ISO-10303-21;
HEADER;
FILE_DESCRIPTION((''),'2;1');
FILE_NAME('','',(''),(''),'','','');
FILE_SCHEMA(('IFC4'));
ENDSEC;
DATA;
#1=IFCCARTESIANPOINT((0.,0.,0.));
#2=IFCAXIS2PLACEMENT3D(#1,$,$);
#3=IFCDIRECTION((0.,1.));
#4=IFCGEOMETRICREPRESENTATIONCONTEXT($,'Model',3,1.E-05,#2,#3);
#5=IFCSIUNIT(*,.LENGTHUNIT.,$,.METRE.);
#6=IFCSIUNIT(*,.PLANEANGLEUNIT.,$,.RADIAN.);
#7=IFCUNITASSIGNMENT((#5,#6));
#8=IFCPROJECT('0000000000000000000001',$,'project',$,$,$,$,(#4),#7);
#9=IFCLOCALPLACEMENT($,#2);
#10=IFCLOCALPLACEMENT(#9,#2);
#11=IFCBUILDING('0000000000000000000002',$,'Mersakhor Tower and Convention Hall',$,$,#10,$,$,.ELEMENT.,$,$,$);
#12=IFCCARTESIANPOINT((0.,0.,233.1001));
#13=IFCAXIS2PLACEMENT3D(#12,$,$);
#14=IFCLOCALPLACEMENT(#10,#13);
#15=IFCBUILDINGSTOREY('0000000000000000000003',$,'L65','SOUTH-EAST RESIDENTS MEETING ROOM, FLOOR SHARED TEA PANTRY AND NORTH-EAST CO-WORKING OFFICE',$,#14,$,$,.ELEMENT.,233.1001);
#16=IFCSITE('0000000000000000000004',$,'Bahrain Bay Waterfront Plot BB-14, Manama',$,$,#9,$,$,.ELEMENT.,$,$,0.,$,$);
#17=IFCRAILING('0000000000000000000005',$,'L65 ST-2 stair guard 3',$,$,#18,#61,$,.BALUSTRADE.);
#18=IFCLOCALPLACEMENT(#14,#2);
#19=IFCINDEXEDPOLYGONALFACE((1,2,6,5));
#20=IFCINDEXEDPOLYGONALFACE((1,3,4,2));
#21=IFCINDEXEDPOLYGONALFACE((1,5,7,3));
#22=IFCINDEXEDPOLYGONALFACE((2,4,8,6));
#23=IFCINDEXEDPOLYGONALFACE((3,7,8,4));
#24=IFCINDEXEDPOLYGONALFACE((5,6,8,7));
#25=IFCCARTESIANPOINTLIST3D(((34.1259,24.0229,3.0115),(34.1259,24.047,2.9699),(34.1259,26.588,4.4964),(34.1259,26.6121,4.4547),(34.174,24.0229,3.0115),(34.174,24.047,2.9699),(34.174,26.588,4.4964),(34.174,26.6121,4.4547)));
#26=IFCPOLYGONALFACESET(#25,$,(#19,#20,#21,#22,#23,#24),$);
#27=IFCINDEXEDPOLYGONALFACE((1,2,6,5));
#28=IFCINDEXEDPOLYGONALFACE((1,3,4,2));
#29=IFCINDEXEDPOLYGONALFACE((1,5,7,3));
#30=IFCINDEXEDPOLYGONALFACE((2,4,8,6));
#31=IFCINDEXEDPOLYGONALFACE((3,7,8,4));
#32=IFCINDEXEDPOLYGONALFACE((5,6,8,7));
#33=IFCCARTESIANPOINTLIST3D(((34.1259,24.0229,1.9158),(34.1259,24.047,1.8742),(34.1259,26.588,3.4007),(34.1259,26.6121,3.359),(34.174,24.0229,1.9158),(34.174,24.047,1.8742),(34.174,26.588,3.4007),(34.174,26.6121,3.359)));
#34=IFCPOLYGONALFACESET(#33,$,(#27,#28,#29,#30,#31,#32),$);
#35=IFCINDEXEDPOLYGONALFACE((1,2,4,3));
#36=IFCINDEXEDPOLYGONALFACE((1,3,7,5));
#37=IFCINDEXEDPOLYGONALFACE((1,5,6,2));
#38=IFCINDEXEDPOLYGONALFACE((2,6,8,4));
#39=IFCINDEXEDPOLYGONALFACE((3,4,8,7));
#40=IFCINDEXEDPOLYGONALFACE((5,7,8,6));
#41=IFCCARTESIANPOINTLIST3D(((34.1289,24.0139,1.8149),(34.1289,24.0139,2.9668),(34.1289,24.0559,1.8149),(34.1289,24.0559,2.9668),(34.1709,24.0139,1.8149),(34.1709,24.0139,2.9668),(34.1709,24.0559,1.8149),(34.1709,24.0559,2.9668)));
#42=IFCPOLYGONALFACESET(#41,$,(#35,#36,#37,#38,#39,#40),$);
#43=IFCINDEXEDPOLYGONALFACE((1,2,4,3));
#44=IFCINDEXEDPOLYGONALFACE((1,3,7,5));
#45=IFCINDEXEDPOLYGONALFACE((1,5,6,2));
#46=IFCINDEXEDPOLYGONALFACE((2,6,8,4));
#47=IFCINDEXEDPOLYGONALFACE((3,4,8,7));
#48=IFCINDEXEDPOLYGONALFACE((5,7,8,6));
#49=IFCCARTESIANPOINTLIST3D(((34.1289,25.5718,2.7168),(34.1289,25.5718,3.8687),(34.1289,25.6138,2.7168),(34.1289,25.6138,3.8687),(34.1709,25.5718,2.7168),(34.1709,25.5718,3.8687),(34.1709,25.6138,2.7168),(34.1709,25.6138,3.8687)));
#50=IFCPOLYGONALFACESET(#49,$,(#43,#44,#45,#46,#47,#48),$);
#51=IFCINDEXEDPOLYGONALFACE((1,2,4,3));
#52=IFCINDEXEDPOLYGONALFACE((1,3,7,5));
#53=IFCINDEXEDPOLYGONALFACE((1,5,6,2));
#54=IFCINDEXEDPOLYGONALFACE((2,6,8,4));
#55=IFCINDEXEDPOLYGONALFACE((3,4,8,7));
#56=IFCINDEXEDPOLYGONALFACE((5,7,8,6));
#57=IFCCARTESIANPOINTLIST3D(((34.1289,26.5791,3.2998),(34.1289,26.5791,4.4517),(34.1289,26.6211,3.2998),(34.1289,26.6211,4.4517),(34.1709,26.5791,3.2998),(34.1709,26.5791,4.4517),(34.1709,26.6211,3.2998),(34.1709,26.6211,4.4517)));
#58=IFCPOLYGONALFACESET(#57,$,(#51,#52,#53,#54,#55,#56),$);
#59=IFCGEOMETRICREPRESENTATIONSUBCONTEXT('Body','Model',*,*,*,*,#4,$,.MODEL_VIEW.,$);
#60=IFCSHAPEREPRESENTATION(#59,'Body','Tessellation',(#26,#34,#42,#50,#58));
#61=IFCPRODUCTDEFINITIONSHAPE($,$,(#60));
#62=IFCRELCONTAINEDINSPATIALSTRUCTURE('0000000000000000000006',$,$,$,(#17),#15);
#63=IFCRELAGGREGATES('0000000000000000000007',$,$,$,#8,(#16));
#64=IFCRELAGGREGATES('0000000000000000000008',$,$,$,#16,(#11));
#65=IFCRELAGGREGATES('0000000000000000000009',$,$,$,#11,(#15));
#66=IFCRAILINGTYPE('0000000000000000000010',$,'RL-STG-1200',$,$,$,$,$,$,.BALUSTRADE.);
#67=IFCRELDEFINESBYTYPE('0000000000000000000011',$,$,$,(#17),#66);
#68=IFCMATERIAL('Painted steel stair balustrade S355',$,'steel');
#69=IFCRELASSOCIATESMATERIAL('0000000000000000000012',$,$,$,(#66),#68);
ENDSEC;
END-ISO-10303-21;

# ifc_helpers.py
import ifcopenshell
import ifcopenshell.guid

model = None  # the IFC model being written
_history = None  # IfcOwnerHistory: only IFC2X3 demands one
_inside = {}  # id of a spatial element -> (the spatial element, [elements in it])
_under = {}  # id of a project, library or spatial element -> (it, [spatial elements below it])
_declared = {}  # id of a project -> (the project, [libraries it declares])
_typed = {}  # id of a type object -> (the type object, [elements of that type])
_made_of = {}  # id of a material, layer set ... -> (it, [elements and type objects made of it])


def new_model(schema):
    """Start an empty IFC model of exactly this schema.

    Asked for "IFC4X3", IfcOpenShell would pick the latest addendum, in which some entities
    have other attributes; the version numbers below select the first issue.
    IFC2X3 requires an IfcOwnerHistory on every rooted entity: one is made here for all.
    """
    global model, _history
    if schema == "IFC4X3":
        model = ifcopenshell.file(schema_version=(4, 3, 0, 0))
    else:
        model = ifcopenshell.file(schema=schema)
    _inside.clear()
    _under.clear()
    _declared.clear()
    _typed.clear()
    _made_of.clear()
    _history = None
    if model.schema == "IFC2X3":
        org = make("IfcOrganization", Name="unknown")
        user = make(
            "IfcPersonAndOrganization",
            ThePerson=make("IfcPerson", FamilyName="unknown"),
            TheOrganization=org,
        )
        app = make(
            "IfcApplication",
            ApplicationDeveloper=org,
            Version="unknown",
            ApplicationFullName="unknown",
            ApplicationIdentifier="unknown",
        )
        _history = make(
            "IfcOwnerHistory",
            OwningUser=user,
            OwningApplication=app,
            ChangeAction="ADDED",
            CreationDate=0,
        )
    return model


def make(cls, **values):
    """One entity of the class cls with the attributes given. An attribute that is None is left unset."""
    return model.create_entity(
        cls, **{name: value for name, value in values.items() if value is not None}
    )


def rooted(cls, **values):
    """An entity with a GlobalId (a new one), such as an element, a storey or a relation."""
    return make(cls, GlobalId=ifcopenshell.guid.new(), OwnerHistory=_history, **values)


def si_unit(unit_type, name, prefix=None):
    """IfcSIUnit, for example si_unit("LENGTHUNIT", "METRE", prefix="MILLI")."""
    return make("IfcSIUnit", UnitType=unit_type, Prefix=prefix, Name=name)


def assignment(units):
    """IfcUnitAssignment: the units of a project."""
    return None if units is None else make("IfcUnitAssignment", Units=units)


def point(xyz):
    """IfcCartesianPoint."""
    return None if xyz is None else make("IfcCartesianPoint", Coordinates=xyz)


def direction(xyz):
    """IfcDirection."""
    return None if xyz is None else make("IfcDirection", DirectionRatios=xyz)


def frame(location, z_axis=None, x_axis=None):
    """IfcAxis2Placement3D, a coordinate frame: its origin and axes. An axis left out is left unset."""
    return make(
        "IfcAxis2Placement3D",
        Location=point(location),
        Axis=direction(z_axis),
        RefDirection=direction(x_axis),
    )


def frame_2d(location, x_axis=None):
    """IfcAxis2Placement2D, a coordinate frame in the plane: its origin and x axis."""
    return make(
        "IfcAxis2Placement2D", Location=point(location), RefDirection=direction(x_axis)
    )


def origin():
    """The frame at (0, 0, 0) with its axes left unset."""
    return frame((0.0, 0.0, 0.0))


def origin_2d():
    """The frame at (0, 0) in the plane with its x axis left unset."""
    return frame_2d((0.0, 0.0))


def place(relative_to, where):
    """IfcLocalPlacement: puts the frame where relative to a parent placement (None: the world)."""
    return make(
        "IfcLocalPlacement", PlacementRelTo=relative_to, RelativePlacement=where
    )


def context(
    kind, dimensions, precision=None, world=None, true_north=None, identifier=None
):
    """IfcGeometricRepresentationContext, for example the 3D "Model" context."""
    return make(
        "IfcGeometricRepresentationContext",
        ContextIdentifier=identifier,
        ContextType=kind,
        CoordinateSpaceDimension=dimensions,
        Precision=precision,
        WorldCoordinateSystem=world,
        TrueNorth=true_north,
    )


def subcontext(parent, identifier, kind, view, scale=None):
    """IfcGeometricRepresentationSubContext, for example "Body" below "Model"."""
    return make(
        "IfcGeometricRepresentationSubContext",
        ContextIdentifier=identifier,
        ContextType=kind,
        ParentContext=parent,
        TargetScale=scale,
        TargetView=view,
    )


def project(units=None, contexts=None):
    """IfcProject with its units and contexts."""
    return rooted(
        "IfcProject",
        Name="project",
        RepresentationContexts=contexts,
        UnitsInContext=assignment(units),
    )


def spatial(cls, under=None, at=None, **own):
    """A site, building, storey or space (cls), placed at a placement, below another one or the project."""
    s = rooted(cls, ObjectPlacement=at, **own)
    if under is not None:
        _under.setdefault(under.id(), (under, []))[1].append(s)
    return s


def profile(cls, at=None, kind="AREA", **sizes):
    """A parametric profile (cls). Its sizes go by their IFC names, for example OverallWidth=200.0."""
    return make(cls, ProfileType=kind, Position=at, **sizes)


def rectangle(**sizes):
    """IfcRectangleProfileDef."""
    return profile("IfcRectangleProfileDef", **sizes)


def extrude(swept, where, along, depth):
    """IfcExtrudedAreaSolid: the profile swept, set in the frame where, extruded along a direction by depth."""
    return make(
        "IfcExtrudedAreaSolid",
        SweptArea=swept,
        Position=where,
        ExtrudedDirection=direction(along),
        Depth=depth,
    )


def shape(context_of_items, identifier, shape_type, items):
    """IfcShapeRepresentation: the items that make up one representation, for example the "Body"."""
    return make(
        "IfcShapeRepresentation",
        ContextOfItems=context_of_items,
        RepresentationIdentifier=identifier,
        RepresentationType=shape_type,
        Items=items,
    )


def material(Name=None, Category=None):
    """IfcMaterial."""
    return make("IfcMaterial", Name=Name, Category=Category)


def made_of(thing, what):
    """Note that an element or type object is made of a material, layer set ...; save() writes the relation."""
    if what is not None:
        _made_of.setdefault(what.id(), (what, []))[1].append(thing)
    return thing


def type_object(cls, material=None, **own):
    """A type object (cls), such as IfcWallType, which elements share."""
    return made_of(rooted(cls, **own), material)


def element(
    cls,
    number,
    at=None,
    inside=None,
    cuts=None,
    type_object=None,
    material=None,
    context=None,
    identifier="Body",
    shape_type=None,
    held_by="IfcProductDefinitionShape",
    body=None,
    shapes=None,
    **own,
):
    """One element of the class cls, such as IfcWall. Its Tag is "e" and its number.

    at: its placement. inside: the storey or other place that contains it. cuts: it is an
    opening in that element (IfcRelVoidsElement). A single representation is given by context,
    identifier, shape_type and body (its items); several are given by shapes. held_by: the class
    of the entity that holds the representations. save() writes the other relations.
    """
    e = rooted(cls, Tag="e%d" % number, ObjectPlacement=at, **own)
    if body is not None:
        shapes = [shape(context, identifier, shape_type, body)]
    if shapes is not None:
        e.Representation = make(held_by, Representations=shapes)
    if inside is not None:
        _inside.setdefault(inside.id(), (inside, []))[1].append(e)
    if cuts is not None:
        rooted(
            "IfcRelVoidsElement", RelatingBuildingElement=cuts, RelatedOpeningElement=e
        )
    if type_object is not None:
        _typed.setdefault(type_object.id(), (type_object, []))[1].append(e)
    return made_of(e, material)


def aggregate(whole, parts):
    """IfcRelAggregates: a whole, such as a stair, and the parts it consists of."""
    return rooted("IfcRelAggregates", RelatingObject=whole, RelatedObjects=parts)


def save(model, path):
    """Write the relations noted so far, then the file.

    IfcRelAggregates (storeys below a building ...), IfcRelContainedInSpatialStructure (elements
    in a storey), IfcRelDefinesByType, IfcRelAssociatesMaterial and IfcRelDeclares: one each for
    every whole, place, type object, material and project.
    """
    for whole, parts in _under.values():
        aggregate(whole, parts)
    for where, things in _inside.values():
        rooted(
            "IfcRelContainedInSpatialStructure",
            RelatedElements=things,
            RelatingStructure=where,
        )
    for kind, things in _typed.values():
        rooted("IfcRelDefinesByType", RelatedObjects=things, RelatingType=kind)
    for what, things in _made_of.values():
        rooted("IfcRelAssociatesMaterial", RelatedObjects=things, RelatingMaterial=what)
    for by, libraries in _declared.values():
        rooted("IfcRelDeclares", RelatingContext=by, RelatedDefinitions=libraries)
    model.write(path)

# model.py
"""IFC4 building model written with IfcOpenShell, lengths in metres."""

from ifc_helpers import new_model, si_unit, direction, frame, origin, origin_2d, place, context, subcontext, project, spatial, rectangle, extrude, material, type_object, element, save


model = new_model("IFC4")

# Units and contexts
model_context = context("Model", 3, precision=1e-05, world=origin(), true_north=direction((0.0, 1.0)))
body_context = subcontext(model_context, "Body", "Model", "MODEL_VIEW")
ifc_project = project(units=[si_unit("LENGTHUNIT", "METRE"), si_unit("PLANEANGLEUNIT", "RADIAN")], contexts=[model_context])

# Site, building, storey
site_placement = place(None, origin())
site = spatial("IfcSite", under=ifc_project, at=site_placement, Name="Bahrain Bay Waterfront Plot BB-14, Manama", CompositionType="ELEMENT", RefElevation=0.0)
building_placement = place(site_placement, origin())
building = spatial("IfcBuilding", under=site, at=building_placement, Name="Mersakhor Tower and Convention Hall", CompositionType="ELEMENT")
storey_placement = place(building_placement, frame((0.0, 0.0, 233.1001)))
storey = spatial("IfcBuildingStorey", under=building, at=storey_placement, Name="L65", Description="SOUTH-EAST RESIDENTS MEETING ROOM, FLOOR SHARED TEA PANTRY AND NORTH-EAST CO-WORKING OFFICE", CompositionType="ELEMENT", Elevation=233.1001)

# Railing
ifc_material_1 = material(Name="Painted steel stair balustrade S355", Category="steel")
railing_type = type_object("IfcRailingType", Name="RL-STG-1200", PredefinedType="BALUSTRADE", material=ifc_material_1)
railing_1_placement = place(storey_placement, frame((34.1499, 24.0349, 1.8149)))
element("IfcRailing", 1, at=railing_1_placement, inside=storey, type_object=railing_type, Name="L65 ST-2 stair guard 3", PredefinedType="BALUSTRADE", context=body_context, shape_type="SweptSolid", body=[
    extrude(rectangle(XDim=0.0481, YDim=0.0481, at=origin_2d()), frame((0.0, 0.0, 1.1758), z_axis=(0.0, 0.865462, 0.500975), x_axis=(-1.0, 0.0, 0.0)), (0.0, 0.0, 1.0), 2.9639),
    extrude(rectangle(XDim=0.0481, YDim=0.0481, at=origin_2d()), frame((0.0, 0.0, 0.0801), z_axis=(0.0, 0.865462, 0.500975), x_axis=(-1.0, 0.0, 0.0)), (0.0, 0.0, 1.0), 2.9639),
    extrude(rectangle(XDim=0.042, YDim=0.042, at=origin_2d()), origin(), (0.0, 0.0, 1.0), 1.1519),
    extrude(rectangle(XDim=0.042, YDim=0.042, at=origin_2d()), frame((0.0, 1.5579, 0.9019)), (0.0, 0.0, 1.0), 1.1519),
    extrude(rectangle(XDim=0.042, YDim=0.042, at=origin_2d()), frame((0.0, 2.5652, 1.4849)), (0.0, 0.0, 1.0), 1.1519),
])

save(model, "model.ifc")
